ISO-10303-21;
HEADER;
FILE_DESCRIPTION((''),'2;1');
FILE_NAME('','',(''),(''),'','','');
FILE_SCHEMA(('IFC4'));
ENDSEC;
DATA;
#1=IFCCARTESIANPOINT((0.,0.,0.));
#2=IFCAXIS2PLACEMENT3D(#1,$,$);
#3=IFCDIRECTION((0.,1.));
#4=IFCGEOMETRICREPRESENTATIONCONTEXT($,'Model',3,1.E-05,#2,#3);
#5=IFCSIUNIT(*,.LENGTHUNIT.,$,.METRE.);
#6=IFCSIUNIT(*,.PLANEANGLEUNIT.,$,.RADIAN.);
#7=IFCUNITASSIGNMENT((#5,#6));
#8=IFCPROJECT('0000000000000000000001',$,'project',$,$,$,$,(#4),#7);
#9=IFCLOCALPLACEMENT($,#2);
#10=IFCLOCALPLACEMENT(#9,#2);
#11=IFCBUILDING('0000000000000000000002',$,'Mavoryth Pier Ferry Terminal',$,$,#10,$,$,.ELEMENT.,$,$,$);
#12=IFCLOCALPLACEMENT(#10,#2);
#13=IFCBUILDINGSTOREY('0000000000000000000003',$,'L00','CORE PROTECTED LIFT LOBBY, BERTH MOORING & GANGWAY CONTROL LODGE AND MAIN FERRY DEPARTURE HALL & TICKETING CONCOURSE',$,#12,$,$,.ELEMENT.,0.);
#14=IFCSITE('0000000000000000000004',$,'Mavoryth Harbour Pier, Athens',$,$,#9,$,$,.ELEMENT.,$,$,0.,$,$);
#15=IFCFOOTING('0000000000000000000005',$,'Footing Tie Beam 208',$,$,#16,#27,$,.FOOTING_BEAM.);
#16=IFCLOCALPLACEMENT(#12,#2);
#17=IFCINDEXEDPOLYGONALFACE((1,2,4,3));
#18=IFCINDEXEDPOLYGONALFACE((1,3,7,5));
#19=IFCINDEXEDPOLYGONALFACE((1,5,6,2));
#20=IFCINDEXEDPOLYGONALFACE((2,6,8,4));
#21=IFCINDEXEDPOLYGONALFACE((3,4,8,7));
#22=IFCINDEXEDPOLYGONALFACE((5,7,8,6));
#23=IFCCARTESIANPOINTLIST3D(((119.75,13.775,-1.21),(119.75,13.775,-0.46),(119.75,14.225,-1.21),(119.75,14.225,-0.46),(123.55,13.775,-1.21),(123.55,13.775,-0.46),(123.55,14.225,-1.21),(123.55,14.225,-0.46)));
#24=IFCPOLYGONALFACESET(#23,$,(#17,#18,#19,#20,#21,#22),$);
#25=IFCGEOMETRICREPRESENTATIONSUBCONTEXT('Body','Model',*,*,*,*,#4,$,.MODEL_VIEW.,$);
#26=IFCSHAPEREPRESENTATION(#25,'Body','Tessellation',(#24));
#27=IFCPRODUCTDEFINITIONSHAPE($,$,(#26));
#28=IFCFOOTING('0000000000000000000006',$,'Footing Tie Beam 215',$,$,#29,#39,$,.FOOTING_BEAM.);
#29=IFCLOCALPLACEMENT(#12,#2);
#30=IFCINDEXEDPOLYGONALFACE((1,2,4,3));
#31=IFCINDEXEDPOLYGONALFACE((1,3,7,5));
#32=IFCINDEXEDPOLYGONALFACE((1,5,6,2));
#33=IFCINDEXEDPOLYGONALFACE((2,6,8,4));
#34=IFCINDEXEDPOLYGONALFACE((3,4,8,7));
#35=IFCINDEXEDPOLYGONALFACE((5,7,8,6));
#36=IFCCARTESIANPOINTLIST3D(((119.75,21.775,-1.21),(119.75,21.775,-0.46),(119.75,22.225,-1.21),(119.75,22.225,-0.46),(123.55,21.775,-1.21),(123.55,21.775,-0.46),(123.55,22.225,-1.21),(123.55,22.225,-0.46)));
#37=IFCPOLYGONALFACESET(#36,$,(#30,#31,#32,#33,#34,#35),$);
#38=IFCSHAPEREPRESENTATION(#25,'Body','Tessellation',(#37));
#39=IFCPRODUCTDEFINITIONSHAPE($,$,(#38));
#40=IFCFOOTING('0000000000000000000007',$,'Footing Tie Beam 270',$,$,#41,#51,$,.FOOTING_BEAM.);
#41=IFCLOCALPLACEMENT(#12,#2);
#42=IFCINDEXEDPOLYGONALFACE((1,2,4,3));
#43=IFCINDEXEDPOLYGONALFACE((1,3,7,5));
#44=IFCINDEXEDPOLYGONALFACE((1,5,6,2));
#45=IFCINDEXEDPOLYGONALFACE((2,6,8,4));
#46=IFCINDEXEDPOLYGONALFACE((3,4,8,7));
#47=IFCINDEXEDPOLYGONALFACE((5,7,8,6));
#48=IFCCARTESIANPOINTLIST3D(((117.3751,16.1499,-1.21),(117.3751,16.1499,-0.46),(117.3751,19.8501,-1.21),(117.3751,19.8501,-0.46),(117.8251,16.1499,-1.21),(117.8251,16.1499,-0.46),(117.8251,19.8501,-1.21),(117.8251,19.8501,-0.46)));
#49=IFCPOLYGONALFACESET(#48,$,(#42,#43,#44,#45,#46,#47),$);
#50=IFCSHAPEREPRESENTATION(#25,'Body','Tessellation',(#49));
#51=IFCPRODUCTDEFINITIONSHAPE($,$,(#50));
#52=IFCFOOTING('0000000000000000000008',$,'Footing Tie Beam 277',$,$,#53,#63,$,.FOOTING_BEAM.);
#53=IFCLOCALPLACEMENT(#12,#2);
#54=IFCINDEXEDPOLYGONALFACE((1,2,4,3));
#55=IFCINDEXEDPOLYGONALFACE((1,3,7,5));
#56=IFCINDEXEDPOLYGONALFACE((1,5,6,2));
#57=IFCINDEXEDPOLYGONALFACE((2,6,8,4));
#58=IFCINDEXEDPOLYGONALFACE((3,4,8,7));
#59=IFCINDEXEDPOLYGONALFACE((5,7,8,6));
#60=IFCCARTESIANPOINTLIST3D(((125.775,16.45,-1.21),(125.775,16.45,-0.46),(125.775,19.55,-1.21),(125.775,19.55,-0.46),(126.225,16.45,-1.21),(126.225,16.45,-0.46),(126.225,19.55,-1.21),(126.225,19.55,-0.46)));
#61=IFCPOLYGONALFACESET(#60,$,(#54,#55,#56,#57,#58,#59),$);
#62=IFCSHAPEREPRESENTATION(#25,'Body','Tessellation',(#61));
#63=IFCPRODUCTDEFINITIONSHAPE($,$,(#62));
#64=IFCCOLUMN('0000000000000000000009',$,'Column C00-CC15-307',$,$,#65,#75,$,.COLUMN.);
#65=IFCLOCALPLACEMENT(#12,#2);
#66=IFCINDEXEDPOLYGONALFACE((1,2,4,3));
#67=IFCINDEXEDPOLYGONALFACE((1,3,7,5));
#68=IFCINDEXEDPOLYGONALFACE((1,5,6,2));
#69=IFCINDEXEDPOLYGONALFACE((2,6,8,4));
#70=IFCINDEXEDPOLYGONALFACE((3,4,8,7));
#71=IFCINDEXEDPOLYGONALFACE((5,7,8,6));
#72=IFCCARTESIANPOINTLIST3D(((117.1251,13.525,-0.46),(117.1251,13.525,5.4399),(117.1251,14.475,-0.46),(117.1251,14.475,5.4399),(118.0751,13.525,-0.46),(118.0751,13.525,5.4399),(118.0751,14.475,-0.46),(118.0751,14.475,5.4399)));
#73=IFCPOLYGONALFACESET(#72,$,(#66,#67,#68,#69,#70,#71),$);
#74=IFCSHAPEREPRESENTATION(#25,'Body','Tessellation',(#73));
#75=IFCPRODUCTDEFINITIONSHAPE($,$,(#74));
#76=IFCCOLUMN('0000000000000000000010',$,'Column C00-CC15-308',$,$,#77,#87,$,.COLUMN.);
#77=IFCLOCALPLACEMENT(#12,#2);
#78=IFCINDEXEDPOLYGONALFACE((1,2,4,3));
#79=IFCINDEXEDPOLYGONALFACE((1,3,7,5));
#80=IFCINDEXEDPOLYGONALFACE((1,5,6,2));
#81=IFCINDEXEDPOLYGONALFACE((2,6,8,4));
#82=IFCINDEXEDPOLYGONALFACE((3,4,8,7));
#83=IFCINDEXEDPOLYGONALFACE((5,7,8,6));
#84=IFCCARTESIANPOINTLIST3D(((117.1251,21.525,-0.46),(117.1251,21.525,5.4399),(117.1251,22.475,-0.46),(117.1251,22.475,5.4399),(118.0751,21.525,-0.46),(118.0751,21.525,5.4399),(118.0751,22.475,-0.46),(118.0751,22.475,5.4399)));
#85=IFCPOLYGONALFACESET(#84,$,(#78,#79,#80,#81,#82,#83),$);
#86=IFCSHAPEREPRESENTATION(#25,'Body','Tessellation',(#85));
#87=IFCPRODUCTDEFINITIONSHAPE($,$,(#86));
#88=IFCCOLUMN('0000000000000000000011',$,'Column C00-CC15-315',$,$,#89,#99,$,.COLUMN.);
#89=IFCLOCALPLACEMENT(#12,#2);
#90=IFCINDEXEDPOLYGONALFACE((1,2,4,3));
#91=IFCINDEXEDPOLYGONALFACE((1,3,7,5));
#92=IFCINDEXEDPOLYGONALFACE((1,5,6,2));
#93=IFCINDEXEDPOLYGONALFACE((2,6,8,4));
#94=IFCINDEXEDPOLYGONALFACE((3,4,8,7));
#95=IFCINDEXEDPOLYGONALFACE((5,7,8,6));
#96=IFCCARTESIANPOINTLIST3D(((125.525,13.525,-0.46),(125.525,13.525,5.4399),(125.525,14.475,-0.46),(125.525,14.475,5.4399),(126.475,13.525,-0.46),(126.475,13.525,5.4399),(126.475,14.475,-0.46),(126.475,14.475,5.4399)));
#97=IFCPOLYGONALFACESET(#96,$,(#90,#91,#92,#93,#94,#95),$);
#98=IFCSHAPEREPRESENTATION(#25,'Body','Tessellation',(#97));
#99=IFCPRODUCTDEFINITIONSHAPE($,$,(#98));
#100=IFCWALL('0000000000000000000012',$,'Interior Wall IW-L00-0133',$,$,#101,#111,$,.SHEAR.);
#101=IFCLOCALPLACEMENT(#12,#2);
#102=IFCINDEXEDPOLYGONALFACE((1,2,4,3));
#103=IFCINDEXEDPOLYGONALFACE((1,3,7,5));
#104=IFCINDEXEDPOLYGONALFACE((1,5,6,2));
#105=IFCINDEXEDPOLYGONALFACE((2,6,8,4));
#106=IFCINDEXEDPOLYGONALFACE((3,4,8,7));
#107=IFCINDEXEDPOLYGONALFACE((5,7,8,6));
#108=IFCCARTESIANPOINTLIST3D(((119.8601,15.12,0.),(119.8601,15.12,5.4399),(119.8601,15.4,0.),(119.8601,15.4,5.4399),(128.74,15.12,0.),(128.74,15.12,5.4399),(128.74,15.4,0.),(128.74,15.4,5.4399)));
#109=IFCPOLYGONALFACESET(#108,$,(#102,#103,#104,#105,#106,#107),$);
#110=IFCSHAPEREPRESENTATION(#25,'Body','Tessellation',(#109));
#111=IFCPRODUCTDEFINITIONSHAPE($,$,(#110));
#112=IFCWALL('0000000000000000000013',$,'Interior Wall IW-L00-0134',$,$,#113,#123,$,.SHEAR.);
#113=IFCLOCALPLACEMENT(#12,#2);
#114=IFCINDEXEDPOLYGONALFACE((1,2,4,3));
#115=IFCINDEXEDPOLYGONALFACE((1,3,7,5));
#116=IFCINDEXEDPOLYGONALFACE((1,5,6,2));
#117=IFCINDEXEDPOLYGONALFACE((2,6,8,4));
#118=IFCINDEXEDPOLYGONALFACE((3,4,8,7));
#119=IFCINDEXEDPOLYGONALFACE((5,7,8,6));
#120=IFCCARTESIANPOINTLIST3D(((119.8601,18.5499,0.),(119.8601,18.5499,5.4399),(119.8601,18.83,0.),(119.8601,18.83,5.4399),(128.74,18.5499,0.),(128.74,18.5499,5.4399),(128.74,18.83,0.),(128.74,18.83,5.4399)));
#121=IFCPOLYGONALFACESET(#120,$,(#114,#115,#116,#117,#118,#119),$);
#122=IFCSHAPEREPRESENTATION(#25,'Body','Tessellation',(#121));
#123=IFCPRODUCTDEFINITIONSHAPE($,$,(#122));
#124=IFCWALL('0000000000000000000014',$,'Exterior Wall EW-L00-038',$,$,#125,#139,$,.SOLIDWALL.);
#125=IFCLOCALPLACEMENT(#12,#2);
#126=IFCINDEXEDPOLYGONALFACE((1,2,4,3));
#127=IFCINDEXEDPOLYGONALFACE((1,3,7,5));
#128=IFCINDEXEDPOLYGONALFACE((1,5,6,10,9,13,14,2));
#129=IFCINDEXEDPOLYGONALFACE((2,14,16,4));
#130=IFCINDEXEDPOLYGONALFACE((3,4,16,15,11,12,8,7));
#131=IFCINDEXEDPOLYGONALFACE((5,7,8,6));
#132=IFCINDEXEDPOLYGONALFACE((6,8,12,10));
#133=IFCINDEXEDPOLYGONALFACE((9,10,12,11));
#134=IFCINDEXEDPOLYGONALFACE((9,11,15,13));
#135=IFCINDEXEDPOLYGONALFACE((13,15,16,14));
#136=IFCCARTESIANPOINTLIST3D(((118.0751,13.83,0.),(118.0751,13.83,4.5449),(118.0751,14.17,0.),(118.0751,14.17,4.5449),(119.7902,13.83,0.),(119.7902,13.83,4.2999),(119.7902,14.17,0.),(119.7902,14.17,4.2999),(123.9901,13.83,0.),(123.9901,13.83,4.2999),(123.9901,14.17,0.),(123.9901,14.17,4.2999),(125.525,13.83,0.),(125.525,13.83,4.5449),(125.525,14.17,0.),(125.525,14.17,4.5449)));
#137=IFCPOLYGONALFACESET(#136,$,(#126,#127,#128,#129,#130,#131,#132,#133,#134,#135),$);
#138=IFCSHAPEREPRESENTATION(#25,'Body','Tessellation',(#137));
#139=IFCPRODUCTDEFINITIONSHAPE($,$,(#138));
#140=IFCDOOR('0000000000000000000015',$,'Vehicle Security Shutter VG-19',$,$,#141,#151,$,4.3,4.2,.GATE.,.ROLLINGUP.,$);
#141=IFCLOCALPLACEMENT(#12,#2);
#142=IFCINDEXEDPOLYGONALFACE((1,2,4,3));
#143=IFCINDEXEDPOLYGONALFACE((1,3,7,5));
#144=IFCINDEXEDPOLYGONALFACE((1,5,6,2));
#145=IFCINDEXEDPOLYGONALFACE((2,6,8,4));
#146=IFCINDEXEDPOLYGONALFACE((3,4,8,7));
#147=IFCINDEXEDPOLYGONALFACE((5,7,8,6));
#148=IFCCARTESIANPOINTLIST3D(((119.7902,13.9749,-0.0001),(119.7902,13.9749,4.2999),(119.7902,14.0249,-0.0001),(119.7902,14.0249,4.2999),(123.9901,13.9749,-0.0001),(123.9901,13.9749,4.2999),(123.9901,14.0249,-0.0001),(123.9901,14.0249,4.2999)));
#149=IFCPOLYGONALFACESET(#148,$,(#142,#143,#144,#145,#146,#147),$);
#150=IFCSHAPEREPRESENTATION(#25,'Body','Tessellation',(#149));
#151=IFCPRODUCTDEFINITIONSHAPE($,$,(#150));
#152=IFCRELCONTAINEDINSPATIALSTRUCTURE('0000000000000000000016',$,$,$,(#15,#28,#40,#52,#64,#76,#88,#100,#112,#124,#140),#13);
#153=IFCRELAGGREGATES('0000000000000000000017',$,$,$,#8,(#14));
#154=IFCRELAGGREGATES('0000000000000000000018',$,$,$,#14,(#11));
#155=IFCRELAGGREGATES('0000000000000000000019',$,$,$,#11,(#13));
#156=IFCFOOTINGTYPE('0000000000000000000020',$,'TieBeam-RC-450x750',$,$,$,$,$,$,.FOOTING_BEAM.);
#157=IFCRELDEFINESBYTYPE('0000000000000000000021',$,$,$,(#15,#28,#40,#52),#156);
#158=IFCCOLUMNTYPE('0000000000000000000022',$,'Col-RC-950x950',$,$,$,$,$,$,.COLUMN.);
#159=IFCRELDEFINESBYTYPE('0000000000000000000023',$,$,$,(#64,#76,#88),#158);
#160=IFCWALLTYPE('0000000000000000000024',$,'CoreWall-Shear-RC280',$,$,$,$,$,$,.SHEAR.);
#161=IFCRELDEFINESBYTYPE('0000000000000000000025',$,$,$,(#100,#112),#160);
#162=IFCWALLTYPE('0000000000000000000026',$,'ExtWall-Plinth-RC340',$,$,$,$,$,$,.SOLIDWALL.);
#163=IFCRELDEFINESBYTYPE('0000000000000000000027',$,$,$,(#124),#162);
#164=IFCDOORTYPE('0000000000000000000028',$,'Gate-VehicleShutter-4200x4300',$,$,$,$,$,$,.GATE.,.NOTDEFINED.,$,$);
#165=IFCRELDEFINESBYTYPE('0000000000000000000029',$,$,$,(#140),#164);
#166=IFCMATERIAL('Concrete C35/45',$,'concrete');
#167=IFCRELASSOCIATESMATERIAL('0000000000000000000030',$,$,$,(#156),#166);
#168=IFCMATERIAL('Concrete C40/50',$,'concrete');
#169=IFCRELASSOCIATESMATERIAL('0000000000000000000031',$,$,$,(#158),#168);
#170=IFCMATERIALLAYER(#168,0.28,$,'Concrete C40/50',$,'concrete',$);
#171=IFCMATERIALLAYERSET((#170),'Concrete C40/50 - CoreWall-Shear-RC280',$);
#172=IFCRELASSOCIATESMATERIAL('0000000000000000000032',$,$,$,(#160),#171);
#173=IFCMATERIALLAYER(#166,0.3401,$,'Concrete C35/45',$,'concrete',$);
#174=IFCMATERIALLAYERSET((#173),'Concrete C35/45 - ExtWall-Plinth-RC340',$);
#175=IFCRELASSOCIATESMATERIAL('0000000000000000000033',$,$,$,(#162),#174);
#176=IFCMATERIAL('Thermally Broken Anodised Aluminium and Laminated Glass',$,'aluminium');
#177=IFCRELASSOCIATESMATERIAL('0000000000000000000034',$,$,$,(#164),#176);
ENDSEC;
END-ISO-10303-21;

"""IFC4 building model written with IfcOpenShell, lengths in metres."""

from ifc_helpers import new_model, si_unit, direction, frame, frame_2d, origin, origin_2d, place, context, subcontext, project, spatial, rectangle, extrude, material, layer, layer_set, material_profile, profile_set, type_object, element, fill, save


model = new_model("IFC4")

# Units and contexts
model_context = context("Model", 3, precision=1e-05, world=origin(), true_north=direction((0.0, 1.0)))
body_context = subcontext(model_context, "Body", "Model", "MODEL_VIEW")
ifc_project = project(units=[si_unit("LENGTHUNIT", "METRE"), si_unit("PLANEANGLEUNIT", "RADIAN")], contexts=[model_context])

# Site, building, storey
site_placement = place(None, origin())
site = spatial("IfcSite", under=ifc_project, at=site_placement, Name="Mavoryth Harbour Pier, Athens", CompositionType="ELEMENT", RefElevation=0.0)
building_placement = place(site_placement, origin())
building = spatial("IfcBuilding", under=site, at=building_placement, Name="Mavoryth Pier Ferry Terminal", CompositionType="ELEMENT")
storey_placement = place(building_placement, origin())
storey = spatial("IfcBuildingStorey", under=building, at=storey_placement, Name="L00", Description="CORE PROTECTED LIFT LOBBY, BERTH MOORING & GANGWAY CONTROL LODGE AND MAIN FERRY DEPARTURE HALL & TICKETING CONCOURSE", CompositionType="ELEMENT", Elevation=0.0)

# Shared definitions
ifc_material_1 = material(Name="Concrete C35/45", Category="concrete")

# Footings
ifc_material_profile_1 = material_profile(ifc_material_1, rectangle(XDim=0.45, YDim=0.75, at=origin_2d()), Name="RC 450x750", Category="concrete")
ifc_profile_set_1 = profile_set([ifc_material_profile_1], Name="Concrete C35/45 - RC 450x750")
footing_type_1 = type_object("IfcFootingType", Name="TieBeam-RC-450x750", PredefinedType="FOOTING_BEAM", material=ifc_profile_set_1)
for number, where, z_axis, x_axis, name in (
    (1, (119.75, 14.0, -0.835), (1.0, 0.0, 0.0), (0.0, 1.0, 0.0), "Footing Tie Beam 208"),
    (2, (119.75, 22.0, -0.835), (1.0, 0.0, 0.0), (0.0, 1.0, 0.0), "Footing Tie Beam 215"),
):
    element("IfcFooting", number, at=place(storey_placement, frame(where, z_axis=z_axis, x_axis=x_axis)), inside=storey, type_object=footing_type_1, Name=name, PredefinedType="FOOTING_BEAM", context=body_context, shape_type="SweptSolid", body=[
        extrude(rectangle(XDim=0.45, YDim=0.75, at=origin_2d()), origin(), (0.0, 0.0, 1.0), 3.8),
    ])
footing_1_placement = place(storey_placement, frame((117.6001, 16.1499, -0.835), z_axis=(0.0, 1.0, 0.0), x_axis=(-1.0, 0.0, 0.0)))
element("IfcFooting", 3, at=footing_1_placement, inside=storey, type_object=footing_type_1, Name="Footing Tie Beam 270", PredefinedType="FOOTING_BEAM", context=body_context, shape_type="SweptSolid", body=[
    extrude(rectangle(XDim=0.45, YDim=0.75, at=origin_2d()), origin(), (0.0, 0.0, 1.0), 3.7002),
])
footing_2_placement = place(storey_placement, frame((126.0, 16.45, -0.835), z_axis=(0.0, 1.0, 0.0), x_axis=(-1.0, 0.0, 0.0)))
element("IfcFooting", 4, at=footing_2_placement, inside=storey, type_object=footing_type_1, Name="Footing Tie Beam 277", PredefinedType="FOOTING_BEAM", context=body_context, shape_type="SweptSolid", body=[
    extrude(rectangle(XDim=0.45, YDim=0.75, at=origin_2d()), origin(), (0.0, 0.0, 1.0), 3.1001),
])

# Columns
ifc_material_2 = material(Name="Concrete C40/50", Category="concrete")
ifc_material_profile_2 = material_profile(ifc_material_2, rectangle(XDim=0.95, YDim=0.95, at=origin_2d()), Name="RC 950x950", Category="concrete")
ifc_profile_set_2 = profile_set([ifc_material_profile_2], Name="Concrete C40/50 - RC 950x950")
column_type = type_object("IfcColumnType", Name="Col-RC-950x950", PredefinedType="COLUMN", material=ifc_profile_set_2)
for number, where, z_axis, x_axis, name in (
    (5, (117.6001, 14.0, -0.46), (0.0, 0.0, 1.0), (1.0, 0.0, 0.0), "Column C00-CC15-307"),
    (6, (117.6001, 22.0, -0.46), (0.0, 0.0, 1.0), (1.0, 0.0, 0.0), "Column C00-CC15-308"),
    (7, (126.0, 14.0, -0.46), (0.0, 0.0, 1.0), (1.0, 0.0, 0.0), "Column C00-CC15-315"),
):
    element("IfcColumn", number, at=place(storey_placement, frame(where, z_axis=z_axis, x_axis=x_axis)), inside=storey, type_object=column_type, Name=name, PredefinedType="COLUMN", context=body_context, shape_type="SweptSolid", body=[
        extrude(rectangle(XDim=0.95, YDim=0.95, at=origin_2d()), origin(), (0.0, 0.0, 1.0), 5.8999),
    ])

# Walls
ifc_layer_1 = layer(ifc_material_2, 0.28, Name="Concrete C40/50", Category="concrete")
ifc_layer_set_1 = layer_set([ifc_layer_1], Name="Concrete C40/50 - CoreWall-Shear-RC280")
wall_type_1 = type_object("IfcWallType", Name="CoreWall-Shear-RC280", PredefinedType="SHEAR", material=ifc_layer_set_1)
for number, where, z_axis, x_axis, name in (
    (8, (119.8601, 15.26, 0.0), (0.0, 0.0, 1.0), (1.0, 0.0, 0.0), "Interior Wall IW-L00-0133"),
    (9, (119.8601, 18.6899, 0.0), (0.0, 0.0, 1.0), (1.0, 0.0, 0.0), "Interior Wall IW-L00-0134"),
):
    element("IfcWall", number, at=place(storey_placement, frame(where, z_axis=z_axis, x_axis=x_axis)), inside=storey, type_object=wall_type_1, Name=name, PredefinedType="SHEAR", context=body_context, shape_type="SweptSolid", body=[
        extrude(rectangle(XDim=8.8799, YDim=0.28, at=frame_2d((4.4399, 0.0))), origin(), (0.0, 0.0, 1.0), 5.4399),
    ])

# Wall, opening, door
ifc_layer_2 = layer(ifc_material_1, 0.3401, Name="Concrete C35/45", Category="concrete")
ifc_layer_set_2 = layer_set([ifc_layer_2], Name="Concrete C35/45 - ExtWall-Plinth-RC340")
wall_type_2 = type_object("IfcWallType", Name="ExtWall-Plinth-RC340", PredefinedType="SOLIDWALL", material=ifc_layer_set_2)
wall_1_placement = place(storey_placement, frame((118.075, 14.0, 0.0), z_axis=(0.0, 0.0, 1.0), x_axis=(1.0, 0.0, 0.0)))
wall_1 = element("IfcWall", 10, at=wall_1_placement, inside=storey, type_object=wall_type_2, Name="Exterior Wall EW-L00-038", PredefinedType="SOLIDWALL", context=body_context, shape_type="SweptSolid", body=[
    extrude(rectangle(XDim=7.45, YDim=0.3401, at=frame_2d((3.7251, 0.0))), origin(), (0.0, 0.0, 1.0), 4.5449),
])
opening_1_placement = place(wall_1_placement, frame((1.7151, 0.0, 0.0)))
opening_1 = element("IfcOpeningElement", 11, at=opening_1_placement, cuts=wall_1, PredefinedType="OPENING", context=body_context, shape_type="SweptSolid", body=[
    extrude(rectangle(XDim=4.2, YDim=4.3, at=frame_2d((2.1001, 2.1499))), frame((0.0, 0.1799, 0.0), z_axis=(0.0, -1.0, 0.0), x_axis=(1.0, 0.0, 0.0)), (0.0, 0.0, 1.0), 0.3601),
])
ifc_material_3 = material(Name="Thermally Broken Anodised Aluminium and Laminated Glass", Category="aluminium")
door_type_1 = type_object("IfcDoorType", Name="Gate-VehicleShutter-4200x4300", OperationType="NOTDEFINED", PredefinedType="GATE", material=ifc_material_3)
door_1_placement = place(opening_1_placement, origin())
door_1 = element("IfcDoor", 12, at=door_1_placement, inside=storey, type_object=door_type_1, Name="Vehicle Security Shutter VG-19", OperationType="ROLLINGUP", OverallHeight=4.3, OverallWidth=4.2, PredefinedType="GATE", context=body_context, shape_type="SweptSolid", body=[
    extrude(rectangle(XDim=4.2, YDim=4.3, at=frame_2d((2.1001, 2.1499))), frame((0.0, 0.0249, 0.0), z_axis=(0.0, -1.0, 0.0), x_axis=(1.0, 0.0, 0.0)), (0.0, 0.0, 1.0), 0.05),
])
fill(opening_1, door_1)

save(model, "model.ifc")
